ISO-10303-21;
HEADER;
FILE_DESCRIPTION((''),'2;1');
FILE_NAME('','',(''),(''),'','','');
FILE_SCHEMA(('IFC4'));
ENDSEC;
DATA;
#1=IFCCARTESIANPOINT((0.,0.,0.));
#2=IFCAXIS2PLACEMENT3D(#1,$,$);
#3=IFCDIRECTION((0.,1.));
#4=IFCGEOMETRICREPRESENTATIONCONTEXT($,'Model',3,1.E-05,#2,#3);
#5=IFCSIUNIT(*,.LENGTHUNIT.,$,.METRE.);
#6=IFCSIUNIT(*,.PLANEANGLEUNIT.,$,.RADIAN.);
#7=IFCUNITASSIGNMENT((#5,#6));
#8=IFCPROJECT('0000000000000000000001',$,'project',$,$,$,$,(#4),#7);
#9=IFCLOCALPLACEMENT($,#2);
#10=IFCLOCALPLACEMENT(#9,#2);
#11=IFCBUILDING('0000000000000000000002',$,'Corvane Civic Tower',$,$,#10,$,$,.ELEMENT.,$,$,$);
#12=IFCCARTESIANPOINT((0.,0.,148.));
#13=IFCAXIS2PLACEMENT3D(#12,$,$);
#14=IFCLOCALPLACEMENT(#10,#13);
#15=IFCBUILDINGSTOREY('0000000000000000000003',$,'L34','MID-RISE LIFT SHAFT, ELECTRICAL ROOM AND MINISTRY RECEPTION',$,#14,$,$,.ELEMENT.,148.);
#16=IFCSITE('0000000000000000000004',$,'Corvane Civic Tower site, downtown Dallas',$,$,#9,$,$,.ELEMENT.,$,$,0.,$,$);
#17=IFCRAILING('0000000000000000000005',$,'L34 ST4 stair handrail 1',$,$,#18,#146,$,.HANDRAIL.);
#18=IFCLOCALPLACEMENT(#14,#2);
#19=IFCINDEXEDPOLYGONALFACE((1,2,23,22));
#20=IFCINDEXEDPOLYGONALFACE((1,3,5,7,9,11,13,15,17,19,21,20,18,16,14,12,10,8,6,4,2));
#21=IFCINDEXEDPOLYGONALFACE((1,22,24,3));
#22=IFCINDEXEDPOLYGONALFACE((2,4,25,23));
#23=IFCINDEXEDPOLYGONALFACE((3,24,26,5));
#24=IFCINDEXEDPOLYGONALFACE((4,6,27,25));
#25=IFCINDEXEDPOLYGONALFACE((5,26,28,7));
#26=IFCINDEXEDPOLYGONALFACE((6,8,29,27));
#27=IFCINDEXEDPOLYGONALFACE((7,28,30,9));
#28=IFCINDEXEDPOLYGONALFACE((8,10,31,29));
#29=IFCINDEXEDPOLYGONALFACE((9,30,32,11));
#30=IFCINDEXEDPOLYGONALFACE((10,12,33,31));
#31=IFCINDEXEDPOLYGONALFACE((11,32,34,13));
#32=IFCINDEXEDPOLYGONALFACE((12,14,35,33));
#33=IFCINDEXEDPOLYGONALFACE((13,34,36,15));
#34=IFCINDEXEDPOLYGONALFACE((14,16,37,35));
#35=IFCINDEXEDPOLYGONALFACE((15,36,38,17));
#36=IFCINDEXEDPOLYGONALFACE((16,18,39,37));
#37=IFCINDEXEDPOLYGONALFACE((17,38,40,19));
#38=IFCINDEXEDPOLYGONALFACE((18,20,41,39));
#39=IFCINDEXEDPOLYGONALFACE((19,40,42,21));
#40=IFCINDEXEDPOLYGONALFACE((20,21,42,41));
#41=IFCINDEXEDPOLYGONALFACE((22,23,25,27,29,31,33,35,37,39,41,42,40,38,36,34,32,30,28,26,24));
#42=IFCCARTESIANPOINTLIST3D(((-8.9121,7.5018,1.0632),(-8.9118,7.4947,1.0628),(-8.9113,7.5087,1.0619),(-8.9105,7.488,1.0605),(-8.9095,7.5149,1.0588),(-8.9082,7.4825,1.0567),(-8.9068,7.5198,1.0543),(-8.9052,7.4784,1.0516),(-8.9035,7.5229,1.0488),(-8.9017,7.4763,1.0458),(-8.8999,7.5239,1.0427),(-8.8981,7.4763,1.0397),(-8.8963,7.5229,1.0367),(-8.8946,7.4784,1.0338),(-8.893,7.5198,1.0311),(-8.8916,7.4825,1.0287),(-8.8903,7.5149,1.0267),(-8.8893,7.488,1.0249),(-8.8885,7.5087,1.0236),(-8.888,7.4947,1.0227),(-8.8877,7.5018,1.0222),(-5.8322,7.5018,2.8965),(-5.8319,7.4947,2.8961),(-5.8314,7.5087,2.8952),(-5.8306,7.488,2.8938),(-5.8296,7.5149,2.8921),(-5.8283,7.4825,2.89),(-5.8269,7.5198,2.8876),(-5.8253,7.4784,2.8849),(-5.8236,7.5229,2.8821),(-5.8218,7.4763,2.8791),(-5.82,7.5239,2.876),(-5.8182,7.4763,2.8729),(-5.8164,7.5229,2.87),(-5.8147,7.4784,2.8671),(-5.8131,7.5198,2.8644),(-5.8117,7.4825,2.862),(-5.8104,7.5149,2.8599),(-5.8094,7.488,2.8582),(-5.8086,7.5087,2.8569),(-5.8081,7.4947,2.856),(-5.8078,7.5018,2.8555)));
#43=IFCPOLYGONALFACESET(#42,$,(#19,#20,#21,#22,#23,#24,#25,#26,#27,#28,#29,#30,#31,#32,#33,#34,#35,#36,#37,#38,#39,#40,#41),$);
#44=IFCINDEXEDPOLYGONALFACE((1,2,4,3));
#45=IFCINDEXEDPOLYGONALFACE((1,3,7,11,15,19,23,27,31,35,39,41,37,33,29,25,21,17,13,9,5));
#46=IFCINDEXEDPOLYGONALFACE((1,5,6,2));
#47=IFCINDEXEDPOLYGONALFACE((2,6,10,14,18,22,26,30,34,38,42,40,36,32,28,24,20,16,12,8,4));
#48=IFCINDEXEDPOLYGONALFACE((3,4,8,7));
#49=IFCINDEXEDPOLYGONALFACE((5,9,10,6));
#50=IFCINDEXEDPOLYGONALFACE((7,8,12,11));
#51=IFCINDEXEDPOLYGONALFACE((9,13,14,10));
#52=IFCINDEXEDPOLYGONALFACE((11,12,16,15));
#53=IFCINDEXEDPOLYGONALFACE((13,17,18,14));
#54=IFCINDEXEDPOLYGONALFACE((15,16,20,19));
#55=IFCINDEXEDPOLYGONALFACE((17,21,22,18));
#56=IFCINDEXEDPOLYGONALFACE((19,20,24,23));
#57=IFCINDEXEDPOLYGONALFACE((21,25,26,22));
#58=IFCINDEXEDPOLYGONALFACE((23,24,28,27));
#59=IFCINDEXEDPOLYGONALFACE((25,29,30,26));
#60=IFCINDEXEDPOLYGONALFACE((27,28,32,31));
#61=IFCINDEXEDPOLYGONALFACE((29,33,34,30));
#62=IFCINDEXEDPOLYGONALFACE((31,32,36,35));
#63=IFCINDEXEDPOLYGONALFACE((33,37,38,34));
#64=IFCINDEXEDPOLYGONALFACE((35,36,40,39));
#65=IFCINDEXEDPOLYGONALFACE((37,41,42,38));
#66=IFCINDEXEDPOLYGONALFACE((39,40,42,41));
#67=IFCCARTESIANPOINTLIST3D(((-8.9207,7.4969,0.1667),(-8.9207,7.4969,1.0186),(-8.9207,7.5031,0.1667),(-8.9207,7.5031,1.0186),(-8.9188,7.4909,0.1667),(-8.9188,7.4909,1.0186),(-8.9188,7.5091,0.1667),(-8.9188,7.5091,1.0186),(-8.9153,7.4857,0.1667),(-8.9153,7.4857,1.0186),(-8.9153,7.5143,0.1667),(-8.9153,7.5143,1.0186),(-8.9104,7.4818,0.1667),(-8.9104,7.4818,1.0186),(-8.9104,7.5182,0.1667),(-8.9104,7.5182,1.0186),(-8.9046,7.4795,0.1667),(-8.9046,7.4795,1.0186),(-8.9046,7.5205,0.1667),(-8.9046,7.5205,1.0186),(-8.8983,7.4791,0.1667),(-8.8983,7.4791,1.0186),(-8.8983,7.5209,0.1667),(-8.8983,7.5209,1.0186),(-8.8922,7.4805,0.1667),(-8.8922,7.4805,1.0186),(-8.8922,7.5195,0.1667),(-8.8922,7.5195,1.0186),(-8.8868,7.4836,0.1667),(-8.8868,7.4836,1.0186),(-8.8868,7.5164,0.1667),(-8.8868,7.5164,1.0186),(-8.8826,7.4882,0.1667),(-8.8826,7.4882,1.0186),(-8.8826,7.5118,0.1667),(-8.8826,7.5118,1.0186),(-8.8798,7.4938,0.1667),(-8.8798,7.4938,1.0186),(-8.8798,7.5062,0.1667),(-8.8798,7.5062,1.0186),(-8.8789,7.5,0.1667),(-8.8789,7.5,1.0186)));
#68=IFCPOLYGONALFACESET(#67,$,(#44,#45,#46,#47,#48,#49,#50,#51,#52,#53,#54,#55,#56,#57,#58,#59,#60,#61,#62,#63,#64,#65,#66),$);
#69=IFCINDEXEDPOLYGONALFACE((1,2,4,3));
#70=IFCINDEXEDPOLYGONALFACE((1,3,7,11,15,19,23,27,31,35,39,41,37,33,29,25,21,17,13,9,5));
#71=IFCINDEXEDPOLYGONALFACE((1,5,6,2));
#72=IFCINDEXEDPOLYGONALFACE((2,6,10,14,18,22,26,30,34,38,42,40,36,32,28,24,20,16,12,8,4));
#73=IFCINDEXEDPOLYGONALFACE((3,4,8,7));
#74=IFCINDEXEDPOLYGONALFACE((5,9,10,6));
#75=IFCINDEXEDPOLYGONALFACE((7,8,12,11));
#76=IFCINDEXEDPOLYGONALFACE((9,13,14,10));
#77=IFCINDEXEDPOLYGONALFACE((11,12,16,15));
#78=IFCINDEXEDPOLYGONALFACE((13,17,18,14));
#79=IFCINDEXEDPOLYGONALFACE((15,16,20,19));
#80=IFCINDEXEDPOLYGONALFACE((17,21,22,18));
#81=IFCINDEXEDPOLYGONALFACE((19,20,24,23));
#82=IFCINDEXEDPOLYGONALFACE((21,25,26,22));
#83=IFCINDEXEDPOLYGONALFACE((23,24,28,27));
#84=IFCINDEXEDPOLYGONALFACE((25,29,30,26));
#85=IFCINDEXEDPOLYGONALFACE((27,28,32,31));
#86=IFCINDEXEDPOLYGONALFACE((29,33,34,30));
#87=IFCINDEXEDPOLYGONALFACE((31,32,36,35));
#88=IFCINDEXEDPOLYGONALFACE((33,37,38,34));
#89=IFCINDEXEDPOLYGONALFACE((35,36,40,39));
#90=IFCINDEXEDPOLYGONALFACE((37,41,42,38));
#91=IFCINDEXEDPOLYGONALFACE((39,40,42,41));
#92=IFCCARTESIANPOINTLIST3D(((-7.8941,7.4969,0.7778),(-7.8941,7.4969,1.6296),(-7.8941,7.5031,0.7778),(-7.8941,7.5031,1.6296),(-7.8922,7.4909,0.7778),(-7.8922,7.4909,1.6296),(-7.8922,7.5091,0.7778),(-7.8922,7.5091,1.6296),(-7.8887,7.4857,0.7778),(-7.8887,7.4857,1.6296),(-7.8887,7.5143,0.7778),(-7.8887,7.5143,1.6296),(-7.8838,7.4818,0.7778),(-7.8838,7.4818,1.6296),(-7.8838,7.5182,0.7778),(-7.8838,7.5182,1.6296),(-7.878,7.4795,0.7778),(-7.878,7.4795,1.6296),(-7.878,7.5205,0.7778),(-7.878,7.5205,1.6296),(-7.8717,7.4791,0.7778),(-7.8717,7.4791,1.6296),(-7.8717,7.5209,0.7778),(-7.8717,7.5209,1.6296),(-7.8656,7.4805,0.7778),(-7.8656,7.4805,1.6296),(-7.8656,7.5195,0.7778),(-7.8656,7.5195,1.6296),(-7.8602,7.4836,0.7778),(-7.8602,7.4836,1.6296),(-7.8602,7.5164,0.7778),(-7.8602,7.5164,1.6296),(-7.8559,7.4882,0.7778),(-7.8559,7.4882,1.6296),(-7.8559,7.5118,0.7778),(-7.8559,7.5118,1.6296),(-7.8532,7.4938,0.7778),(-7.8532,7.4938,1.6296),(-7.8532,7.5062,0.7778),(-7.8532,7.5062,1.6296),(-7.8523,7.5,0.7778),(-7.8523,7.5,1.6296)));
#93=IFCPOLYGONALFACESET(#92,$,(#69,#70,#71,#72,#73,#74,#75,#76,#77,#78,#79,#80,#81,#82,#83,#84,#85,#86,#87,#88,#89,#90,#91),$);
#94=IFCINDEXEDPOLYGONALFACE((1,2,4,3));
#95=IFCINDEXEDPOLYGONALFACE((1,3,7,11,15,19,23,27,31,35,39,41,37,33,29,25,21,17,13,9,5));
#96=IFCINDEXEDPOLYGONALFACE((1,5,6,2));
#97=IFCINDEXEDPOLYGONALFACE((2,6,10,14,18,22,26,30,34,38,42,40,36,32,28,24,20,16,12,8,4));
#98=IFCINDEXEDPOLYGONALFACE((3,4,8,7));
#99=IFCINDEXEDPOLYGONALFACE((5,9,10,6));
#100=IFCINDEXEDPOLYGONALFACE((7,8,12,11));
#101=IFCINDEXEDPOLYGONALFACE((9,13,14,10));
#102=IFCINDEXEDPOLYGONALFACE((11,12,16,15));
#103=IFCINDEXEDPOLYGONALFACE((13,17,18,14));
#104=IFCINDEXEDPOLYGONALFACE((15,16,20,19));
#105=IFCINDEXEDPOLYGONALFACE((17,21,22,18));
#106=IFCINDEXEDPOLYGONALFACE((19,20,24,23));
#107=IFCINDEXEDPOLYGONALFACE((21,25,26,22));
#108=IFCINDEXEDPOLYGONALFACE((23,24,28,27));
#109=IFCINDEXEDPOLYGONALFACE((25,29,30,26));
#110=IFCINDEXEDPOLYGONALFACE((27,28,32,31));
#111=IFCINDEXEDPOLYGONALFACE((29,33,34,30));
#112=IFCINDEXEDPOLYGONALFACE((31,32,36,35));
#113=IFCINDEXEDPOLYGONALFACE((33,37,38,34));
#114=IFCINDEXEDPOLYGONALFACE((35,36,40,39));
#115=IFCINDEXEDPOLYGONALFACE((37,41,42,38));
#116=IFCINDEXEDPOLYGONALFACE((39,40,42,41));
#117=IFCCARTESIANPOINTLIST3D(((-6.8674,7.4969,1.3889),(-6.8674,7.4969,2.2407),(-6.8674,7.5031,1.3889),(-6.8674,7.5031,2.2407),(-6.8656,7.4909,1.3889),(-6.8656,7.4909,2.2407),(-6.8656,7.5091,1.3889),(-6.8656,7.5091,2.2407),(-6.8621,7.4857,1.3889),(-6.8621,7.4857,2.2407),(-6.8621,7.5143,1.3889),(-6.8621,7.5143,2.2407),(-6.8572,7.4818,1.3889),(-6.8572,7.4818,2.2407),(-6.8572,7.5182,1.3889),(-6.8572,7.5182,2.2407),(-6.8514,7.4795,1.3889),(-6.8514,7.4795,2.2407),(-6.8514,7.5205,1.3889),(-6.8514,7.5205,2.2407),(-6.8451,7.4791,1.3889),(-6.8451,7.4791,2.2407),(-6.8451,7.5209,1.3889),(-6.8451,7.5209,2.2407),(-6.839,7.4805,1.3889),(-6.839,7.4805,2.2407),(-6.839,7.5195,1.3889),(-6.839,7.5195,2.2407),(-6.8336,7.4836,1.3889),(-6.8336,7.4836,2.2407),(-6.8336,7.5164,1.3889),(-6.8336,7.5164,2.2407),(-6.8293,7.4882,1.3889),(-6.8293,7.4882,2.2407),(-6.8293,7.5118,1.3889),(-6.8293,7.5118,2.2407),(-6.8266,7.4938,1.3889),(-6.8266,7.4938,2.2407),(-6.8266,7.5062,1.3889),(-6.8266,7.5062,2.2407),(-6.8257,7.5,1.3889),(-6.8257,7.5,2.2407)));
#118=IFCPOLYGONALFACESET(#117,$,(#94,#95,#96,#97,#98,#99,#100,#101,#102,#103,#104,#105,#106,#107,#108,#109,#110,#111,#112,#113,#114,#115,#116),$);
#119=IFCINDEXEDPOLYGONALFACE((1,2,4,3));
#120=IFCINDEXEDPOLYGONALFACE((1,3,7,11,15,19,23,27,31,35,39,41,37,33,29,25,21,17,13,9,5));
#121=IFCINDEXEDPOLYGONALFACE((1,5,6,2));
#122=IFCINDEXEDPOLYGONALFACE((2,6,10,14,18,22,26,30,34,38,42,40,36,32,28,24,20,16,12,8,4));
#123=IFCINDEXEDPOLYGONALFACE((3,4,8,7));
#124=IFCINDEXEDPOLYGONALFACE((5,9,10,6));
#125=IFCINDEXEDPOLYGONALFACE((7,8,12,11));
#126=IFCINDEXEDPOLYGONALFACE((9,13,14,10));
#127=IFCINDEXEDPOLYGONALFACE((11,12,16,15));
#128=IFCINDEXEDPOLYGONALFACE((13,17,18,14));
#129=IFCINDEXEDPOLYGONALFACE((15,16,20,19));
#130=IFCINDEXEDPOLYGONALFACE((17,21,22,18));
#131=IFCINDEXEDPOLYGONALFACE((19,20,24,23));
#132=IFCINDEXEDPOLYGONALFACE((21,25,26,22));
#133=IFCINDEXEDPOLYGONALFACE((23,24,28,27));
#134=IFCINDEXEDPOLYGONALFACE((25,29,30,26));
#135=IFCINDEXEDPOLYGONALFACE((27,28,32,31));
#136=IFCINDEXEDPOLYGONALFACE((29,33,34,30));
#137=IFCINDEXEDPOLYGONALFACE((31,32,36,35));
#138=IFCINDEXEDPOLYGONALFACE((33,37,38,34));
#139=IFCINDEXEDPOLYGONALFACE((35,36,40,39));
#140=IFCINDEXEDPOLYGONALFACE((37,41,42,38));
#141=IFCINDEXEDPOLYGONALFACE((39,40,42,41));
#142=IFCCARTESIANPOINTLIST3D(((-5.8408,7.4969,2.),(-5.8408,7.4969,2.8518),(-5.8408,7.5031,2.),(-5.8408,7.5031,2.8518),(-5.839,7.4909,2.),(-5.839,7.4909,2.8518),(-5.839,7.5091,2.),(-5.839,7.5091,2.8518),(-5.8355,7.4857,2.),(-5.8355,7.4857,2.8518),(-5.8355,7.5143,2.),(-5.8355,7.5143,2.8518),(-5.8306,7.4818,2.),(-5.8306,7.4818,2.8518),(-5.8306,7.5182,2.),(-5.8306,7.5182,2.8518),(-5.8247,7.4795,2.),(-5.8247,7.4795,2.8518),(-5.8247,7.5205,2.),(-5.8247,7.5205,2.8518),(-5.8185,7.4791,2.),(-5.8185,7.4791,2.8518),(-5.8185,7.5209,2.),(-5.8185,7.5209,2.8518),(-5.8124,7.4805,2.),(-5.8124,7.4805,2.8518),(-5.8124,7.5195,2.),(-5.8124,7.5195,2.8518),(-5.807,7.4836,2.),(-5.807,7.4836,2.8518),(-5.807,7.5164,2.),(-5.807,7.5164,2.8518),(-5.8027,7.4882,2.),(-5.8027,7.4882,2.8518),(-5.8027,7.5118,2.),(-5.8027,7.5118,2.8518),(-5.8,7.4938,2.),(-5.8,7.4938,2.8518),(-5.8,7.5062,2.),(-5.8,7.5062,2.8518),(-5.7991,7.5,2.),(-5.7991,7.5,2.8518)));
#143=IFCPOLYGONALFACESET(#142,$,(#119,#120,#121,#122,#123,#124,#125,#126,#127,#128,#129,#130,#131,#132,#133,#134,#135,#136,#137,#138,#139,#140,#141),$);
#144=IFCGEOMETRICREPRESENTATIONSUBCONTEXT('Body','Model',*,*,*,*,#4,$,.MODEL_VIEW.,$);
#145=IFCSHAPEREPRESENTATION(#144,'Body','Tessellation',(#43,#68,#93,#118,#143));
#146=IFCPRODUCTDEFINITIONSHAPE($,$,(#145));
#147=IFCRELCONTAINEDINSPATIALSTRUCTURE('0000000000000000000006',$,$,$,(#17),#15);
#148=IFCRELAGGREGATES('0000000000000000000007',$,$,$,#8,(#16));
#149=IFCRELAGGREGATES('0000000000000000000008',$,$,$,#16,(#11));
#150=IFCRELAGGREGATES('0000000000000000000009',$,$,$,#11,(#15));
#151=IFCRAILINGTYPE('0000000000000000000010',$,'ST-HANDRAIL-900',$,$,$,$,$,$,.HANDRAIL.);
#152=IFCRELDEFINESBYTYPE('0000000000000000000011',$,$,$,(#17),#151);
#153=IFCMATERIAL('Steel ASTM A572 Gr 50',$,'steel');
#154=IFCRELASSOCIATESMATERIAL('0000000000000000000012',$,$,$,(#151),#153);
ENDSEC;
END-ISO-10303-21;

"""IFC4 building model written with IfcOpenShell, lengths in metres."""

from ifc_helpers import new_model, si_unit, direction, frame, origin, origin_2d, place, context, subcontext, project, spatial, circle, extrude, material, type_object, element, save


model = new_model("IFC4")

# Units and contexts
model_context = context("Model", 3, precision=1e-05, world=origin(), true_north=direction((0.0, 1.0)))
body_context = subcontext(model_context, "Body", "Model", "MODEL_VIEW")
ifc_project = project(units=[si_unit("LENGTHUNIT", "METRE"), si_unit("PLANEANGLEUNIT", "RADIAN")], contexts=[model_context])

# Site, building, storey
site_placement = place(None, origin())
site = spatial("IfcSite", under=ifc_project, at=site_placement, Name="Corvane Civic Tower site, downtown Dallas", CompositionType="ELEMENT", RefElevation=0.0)
building_placement = place(site_placement, origin())
building = spatial("IfcBuilding", under=site, at=building_placement, Name="Corvane Civic Tower", CompositionType="ELEMENT")
storey_placement = place(building_placement, frame((0.0, 0.0, 148.0)))
storey = spatial("IfcBuildingStorey", under=building, at=storey_placement, Name="L34", Description="MID-RISE LIFT SHAFT, ELECTRICAL ROOM AND MINISTRY RECEPTION", CompositionType="ELEMENT", Elevation=148.0)

# Railing
ifc_material_1 = material(Name="Steel ASTM A572 Gr 50", Category="steel")
railing_type = type_object("IfcRailingType", Name="ST-HANDRAIL-900", PredefinedType="HANDRAIL", material=ifc_material_1)
railing_placement = place(storey_placement, frame((-8.8999, 7.5, 0.1667)))
element("IfcRailing", 1, at=railing_placement, inside=storey, type_object=railing_type, Name="L34 ST4 stair handrail 1", PredefinedType="HANDRAIL", context=body_context, shape_type="SweptSolid", body=[
    extrude(circle(Radius=0.0239, at=origin_2d()), frame((0.0, 0.0, 0.876), z_axis=(0.859291, 0.0, 0.511487), x_axis=(0.0, 1.0, 0.0)), (0.0, 0.0, 1.0), 3.5842),
    extrude(circle(Radius=0.021, at=origin_2d()), origin(), (0.0, 0.0, 1.0), 0.8518),
    extrude(circle(Radius=0.021, at=origin_2d()), frame((1.0266, 0.0, 0.6111)), (0.0, 0.0, 1.0), 0.8518),
    extrude(circle(Radius=0.021, at=origin_2d()), frame((2.0532, 0.0, 1.2222)), (0.0, 0.0, 1.0), 0.8518),
    extrude(circle(Radius=0.021, at=origin_2d()), frame((3.0798, 0.0, 1.8333)), (0.0, 0.0, 1.0), 0.8518),
])

save(model, "model.ifc")
